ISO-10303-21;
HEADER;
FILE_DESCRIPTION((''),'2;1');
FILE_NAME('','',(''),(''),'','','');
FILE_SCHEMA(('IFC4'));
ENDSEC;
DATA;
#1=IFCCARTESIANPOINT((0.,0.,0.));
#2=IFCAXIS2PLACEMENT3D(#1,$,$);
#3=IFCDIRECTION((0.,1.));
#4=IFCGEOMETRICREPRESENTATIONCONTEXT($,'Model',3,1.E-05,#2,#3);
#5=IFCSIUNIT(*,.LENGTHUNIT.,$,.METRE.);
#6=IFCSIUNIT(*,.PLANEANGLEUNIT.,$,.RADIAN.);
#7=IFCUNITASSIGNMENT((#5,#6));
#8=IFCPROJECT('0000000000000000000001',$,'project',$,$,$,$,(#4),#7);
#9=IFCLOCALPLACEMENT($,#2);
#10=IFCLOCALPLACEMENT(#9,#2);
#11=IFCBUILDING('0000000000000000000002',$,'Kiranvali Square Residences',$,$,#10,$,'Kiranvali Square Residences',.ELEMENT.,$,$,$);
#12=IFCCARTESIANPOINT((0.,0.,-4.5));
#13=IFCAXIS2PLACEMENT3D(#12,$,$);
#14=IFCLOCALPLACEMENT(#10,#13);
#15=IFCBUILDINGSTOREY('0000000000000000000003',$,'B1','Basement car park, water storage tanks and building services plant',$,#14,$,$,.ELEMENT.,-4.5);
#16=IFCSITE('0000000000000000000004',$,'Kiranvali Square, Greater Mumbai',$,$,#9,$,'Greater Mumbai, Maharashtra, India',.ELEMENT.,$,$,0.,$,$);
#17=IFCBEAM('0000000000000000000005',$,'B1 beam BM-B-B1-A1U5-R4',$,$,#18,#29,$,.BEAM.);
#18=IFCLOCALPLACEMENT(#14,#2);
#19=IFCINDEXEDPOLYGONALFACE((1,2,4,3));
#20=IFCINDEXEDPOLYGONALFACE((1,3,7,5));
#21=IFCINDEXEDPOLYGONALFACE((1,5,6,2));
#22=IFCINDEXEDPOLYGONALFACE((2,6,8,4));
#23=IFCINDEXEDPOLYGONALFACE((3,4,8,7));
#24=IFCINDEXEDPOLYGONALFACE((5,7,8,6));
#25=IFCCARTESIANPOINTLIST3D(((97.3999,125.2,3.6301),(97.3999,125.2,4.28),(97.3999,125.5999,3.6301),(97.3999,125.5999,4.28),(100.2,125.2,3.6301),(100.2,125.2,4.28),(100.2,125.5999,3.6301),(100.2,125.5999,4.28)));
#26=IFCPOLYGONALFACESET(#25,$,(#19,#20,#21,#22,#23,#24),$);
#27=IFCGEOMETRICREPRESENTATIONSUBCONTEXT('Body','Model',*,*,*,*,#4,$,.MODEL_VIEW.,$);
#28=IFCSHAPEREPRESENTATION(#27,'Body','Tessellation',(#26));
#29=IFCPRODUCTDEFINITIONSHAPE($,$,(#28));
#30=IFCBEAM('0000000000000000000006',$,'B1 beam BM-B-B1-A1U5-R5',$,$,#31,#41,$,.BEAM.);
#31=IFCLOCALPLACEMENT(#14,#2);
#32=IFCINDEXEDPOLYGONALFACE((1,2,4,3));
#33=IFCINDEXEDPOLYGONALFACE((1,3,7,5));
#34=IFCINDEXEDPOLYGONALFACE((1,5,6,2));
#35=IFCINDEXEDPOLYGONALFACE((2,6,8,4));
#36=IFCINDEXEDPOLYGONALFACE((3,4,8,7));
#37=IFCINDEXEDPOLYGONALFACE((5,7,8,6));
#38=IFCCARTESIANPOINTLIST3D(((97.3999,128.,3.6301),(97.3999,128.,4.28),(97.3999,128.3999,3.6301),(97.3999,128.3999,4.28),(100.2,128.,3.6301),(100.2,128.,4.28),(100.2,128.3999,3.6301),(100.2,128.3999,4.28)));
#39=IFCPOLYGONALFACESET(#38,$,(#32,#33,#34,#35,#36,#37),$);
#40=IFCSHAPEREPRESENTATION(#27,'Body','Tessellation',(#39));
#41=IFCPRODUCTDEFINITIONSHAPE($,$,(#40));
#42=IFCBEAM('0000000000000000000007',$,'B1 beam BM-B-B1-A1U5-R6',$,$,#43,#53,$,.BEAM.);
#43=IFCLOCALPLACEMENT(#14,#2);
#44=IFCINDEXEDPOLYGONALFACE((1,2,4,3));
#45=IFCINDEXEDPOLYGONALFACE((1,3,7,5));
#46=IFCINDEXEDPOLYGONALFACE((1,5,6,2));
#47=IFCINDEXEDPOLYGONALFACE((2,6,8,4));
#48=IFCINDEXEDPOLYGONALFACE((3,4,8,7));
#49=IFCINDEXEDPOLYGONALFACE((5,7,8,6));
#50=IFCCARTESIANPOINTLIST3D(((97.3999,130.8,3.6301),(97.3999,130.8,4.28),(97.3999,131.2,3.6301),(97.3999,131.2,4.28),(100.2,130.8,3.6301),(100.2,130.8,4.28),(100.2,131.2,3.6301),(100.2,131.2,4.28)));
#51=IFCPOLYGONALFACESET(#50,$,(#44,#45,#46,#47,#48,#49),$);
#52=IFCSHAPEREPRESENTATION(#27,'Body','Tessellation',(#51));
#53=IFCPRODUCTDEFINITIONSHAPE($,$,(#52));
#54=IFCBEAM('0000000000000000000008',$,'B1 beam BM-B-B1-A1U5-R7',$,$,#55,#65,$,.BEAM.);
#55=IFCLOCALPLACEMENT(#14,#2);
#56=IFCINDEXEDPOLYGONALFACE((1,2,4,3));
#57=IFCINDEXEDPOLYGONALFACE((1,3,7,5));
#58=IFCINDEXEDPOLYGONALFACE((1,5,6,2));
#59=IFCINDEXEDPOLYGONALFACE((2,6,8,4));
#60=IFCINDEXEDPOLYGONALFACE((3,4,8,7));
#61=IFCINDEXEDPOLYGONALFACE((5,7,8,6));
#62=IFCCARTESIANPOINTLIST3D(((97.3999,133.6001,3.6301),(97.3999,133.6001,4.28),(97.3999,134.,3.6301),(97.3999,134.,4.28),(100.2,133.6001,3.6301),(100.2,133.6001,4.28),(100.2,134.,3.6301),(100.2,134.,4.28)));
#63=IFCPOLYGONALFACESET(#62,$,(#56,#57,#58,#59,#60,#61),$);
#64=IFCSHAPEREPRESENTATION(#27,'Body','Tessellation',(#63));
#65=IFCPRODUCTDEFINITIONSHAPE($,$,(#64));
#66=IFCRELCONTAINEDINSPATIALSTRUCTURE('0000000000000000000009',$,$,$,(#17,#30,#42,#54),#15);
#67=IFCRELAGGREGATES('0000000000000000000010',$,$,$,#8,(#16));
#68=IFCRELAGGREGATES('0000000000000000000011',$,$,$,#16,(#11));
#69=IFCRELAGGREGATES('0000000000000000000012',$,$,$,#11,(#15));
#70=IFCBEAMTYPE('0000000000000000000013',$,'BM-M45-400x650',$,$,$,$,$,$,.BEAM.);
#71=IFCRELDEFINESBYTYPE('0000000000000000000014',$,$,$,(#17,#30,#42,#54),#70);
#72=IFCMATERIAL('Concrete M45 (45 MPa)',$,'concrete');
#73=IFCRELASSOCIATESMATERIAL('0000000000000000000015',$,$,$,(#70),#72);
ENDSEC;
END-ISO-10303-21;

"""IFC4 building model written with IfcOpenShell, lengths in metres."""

from ifc_helpers import new_model, si_unit, direction, frame, origin, origin_2d, place, context, subcontext, project, spatial, rectangle, extrude, material, material_profile, profile_set, type_object, element, save


model = new_model("IFC4")

# Units and contexts
model_context = context("Model", 3, precision=1e-05, world=origin(), true_north=direction((0.0, 1.0)))
body_context = subcontext(model_context, "Body", "Model", "MODEL_VIEW")
ifc_project = project(units=[si_unit("LENGTHUNIT", "METRE"), si_unit("PLANEANGLEUNIT", "RADIAN")], contexts=[model_context])

# Site, building, storey
site_placement = place(None, origin())
site = spatial("IfcSite", under=ifc_project, at=site_placement, Name="Kiranvali Square, Greater Mumbai", LongName="Greater Mumbai, Maharashtra, India", CompositionType="ELEMENT", RefElevation=0.0)
building_placement = place(site_placement, origin())
building = spatial("IfcBuilding", under=site, at=building_placement, Name="Kiranvali Square Residences", LongName="Kiranvali Square Residences", CompositionType="ELEMENT")
storey_placement = place(building_placement, frame((0.0, 0.0, -4.5)))
storey = spatial("IfcBuildingStorey", under=building, at=storey_placement, Name="B1", Description="Basement car park, water storage tanks and building services plant", CompositionType="ELEMENT", Elevation=-4.5)

# Beams
ifc_material_1 = material(Name="Concrete M45 (45 MPa)", Category="concrete")
ifc_material_profile_1 = material_profile(ifc_material_1, rectangle(XDim=0.3999, YDim=0.6499, at=origin_2d()), Name="RC 400x650")
ifc_profile_set_1 = profile_set([ifc_material_profile_1], Name="Concrete M45 (45 MPa)")
beam_type_1 = type_object("IfcBeamType", Name="BM-M45-400x650", PredefinedType="BEAM", material=ifc_profile_set_1)
for number, where, z_axis, x_axis, name in (
    (1, (100.2, 125.3999, 3.9551), (-1.0, 0.0, 0.0), (0.0, -1.0, 0.0), "B1 beam BM-B-B1-A1U5-R4"),
    (2, (100.2, 128.2, 3.9551), (-1.0, 0.0, 0.0), (0.0, -1.0, 0.0), "B1 beam BM-B-B1-A1U5-R5"),
    (3, (100.2, 131.0, 3.9551), (-1.0, 0.0, 0.0), (0.0, -1.0, 0.0), "B1 beam BM-B-B1-A1U5-R6"),
    (4, (100.2, 133.8, 3.9551), (-1.0, 0.0, 0.0), (0.0, -1.0, 0.0), "B1 beam BM-B-B1-A1U5-R7"),
):
    element("IfcBeam", number, at=place(storey_placement, frame(where, z_axis=z_axis, x_axis=x_axis)), inside=storey, type_object=beam_type_1, Name=name, PredefinedType="BEAM", context=body_context, shape_type="SweptSolid", body=[
        extrude(rectangle(XDim=0.3999, YDim=0.6499, at=origin_2d()), origin(), (0.0, 0.0, 1.0), 2.8),
    ])

save(model, "model.ifc")
